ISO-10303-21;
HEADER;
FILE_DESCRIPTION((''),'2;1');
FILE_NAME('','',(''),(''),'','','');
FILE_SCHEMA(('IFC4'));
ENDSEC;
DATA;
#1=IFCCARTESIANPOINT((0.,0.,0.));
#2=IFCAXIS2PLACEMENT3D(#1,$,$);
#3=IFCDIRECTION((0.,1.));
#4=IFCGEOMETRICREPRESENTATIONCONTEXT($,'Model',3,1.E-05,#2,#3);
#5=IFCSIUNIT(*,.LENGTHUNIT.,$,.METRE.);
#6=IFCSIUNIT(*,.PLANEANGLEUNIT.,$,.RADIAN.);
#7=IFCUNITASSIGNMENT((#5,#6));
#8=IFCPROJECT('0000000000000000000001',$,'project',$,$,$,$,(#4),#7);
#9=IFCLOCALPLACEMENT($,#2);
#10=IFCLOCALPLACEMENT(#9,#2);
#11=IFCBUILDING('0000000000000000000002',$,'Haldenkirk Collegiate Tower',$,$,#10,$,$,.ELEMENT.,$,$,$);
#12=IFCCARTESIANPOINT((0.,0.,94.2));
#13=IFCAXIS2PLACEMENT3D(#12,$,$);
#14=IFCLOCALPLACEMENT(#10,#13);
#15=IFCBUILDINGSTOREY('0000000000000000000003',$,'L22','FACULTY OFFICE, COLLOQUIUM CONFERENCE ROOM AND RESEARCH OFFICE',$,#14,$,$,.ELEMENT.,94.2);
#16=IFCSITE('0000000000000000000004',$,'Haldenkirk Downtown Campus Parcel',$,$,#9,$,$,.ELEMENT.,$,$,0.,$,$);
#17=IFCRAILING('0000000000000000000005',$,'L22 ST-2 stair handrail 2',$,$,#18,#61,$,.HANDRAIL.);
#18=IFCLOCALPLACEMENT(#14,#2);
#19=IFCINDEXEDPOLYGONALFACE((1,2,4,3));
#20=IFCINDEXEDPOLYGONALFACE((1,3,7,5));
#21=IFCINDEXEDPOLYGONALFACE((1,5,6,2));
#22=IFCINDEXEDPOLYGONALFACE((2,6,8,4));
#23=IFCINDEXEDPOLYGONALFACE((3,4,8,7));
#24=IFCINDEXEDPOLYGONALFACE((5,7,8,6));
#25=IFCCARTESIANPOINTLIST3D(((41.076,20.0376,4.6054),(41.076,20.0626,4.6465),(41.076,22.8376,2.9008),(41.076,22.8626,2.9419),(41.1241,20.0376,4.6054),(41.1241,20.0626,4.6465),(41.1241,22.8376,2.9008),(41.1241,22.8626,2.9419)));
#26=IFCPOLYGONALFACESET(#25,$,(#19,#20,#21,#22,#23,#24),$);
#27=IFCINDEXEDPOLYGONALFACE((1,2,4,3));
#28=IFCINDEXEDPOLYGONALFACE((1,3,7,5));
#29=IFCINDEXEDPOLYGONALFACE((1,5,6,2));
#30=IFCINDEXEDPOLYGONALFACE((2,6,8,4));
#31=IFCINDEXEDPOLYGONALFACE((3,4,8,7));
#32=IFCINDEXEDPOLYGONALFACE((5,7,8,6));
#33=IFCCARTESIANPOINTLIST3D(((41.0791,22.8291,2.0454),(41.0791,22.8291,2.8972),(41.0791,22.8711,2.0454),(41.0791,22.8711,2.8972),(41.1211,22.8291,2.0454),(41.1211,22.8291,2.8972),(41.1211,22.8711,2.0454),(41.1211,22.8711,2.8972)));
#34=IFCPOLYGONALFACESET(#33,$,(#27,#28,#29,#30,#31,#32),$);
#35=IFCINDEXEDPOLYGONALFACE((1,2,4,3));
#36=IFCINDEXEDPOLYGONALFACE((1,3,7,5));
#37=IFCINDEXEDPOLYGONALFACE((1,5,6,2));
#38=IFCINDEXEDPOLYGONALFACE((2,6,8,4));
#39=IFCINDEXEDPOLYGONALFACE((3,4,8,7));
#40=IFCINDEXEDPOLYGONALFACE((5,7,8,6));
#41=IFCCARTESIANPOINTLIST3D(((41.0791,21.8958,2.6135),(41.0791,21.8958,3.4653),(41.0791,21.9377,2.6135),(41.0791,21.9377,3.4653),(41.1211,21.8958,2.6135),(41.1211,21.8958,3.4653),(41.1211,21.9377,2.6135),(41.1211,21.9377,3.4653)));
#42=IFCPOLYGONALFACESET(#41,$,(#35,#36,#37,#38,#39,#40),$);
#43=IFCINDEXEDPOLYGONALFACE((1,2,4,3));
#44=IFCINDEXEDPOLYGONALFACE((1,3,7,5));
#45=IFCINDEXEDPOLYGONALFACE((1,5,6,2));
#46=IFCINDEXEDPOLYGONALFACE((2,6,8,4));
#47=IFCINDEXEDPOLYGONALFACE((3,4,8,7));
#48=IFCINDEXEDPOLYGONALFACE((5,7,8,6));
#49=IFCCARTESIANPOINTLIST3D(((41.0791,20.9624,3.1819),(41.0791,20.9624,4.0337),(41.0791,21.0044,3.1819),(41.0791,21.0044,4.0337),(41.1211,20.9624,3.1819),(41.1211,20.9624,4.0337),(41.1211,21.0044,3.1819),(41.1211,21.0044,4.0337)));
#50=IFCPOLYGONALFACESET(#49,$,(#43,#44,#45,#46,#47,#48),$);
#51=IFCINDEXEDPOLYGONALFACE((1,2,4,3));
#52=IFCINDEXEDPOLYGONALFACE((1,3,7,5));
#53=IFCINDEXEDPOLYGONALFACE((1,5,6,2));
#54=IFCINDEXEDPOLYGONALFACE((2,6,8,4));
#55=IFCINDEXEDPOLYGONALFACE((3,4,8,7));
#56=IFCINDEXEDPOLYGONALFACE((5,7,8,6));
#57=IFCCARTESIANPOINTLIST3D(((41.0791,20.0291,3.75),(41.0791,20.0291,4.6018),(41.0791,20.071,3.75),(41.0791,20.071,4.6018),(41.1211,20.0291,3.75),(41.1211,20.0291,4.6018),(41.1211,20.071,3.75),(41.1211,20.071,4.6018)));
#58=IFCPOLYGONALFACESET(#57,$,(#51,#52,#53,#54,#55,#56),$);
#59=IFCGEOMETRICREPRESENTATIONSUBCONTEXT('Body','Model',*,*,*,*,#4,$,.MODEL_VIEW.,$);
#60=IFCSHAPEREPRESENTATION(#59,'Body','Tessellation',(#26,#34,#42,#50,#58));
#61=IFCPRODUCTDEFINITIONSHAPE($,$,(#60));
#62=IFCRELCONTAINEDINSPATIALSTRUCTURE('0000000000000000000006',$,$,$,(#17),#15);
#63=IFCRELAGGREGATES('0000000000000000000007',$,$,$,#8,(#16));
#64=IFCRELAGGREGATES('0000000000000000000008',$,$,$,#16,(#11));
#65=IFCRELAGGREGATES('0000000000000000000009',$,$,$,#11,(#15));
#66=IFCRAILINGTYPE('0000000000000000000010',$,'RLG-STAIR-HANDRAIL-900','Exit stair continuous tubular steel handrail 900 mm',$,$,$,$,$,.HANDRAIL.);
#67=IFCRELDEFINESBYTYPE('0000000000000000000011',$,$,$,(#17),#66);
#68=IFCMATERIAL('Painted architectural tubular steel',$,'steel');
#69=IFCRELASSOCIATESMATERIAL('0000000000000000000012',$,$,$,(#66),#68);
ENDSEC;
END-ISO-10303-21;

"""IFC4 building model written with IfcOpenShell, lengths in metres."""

from ifc_helpers import new_model, si_unit, direction, frame, origin, origin_2d, place, context, subcontext, project, spatial, rectangle, extrude, material, type_object, element, save


model = new_model("IFC4")

# Units and contexts
model_context = context("Model", 3, precision=1e-05, world=origin(), true_north=direction((0.0, 1.0)))
body_context = subcontext(model_context, "Body", "Model", "MODEL_VIEW")
ifc_project = project(units=[si_unit("LENGTHUNIT", "METRE"), si_unit("PLANEANGLEUNIT", "RADIAN")], contexts=[model_context])

# Site, building, storey
site_placement = place(None, origin())
site = spatial("IfcSite", under=ifc_project, at=site_placement, Name="Haldenkirk Downtown Campus Parcel", CompositionType="ELEMENT", RefElevation=0.0)
building_placement = place(site_placement, origin())
building = spatial("IfcBuilding", under=site, at=building_placement, Name="Haldenkirk Collegiate Tower", CompositionType="ELEMENT")
storey_placement = place(building_placement, frame((0.0, 0.0, 94.2)))
storey = spatial("IfcBuildingStorey", under=building, at=storey_placement, Name="L22", Description="FACULTY OFFICE, COLLOQUIUM CONFERENCE ROOM AND RESEARCH OFFICE", CompositionType="ELEMENT", Elevation=94.2)

# Railing
ifc_material_1 = material(Name="Painted architectural tubular steel", Category="steel")
railing_type_1 = type_object("IfcRailingType", Name="RLG-STAIR-HANDRAIL-900", Description="Exit stair continuous tubular steel handrail 900 mm", PredefinedType="HANDRAIL", material=ifc_material_1)
railing_1_placement = place(storey_placement, frame((41.1001, 22.8501, 2.0454)))
element("IfcRailing", 1, at=railing_1_placement, inside=storey, type_object=railing_type_1, Name="L22 ST-2 stair handrail 2", PredefinedType="HANDRAIL", context=body_context, shape_type="SweptSolid", body=[
    extrude(rectangle(XDim=0.0481, YDim=0.0481, at=origin_2d()), frame((0.0, 0.0, 0.876), z_axis=(0.0, -0.85417, 0.519994), x_axis=(1.0, 0.0, 0.0)), (0.0, 0.0, 1.0), 3.2781),
    extrude(rectangle(XDim=0.042, YDim=0.042, at=origin_2d()), origin(), (0.0, 0.0, 1.0), 0.8518),
    extrude(rectangle(XDim=0.042, YDim=0.042, at=origin_2d()), frame((0.0, -0.9333, 0.5681)), (0.0, 0.0, 1.0), 0.8518),
    extrude(rectangle(XDim=0.042, YDim=0.042, at=origin_2d()), frame((0.0, -1.8667, 1.1365)), (0.0, 0.0, 1.0), 0.8518),
    extrude(rectangle(XDim=0.042, YDim=0.042, at=origin_2d()), frame((0.0, -2.8, 1.7046)), (0.0, 0.0, 1.0), 0.8518),
])

save(model, "model.ifc")
